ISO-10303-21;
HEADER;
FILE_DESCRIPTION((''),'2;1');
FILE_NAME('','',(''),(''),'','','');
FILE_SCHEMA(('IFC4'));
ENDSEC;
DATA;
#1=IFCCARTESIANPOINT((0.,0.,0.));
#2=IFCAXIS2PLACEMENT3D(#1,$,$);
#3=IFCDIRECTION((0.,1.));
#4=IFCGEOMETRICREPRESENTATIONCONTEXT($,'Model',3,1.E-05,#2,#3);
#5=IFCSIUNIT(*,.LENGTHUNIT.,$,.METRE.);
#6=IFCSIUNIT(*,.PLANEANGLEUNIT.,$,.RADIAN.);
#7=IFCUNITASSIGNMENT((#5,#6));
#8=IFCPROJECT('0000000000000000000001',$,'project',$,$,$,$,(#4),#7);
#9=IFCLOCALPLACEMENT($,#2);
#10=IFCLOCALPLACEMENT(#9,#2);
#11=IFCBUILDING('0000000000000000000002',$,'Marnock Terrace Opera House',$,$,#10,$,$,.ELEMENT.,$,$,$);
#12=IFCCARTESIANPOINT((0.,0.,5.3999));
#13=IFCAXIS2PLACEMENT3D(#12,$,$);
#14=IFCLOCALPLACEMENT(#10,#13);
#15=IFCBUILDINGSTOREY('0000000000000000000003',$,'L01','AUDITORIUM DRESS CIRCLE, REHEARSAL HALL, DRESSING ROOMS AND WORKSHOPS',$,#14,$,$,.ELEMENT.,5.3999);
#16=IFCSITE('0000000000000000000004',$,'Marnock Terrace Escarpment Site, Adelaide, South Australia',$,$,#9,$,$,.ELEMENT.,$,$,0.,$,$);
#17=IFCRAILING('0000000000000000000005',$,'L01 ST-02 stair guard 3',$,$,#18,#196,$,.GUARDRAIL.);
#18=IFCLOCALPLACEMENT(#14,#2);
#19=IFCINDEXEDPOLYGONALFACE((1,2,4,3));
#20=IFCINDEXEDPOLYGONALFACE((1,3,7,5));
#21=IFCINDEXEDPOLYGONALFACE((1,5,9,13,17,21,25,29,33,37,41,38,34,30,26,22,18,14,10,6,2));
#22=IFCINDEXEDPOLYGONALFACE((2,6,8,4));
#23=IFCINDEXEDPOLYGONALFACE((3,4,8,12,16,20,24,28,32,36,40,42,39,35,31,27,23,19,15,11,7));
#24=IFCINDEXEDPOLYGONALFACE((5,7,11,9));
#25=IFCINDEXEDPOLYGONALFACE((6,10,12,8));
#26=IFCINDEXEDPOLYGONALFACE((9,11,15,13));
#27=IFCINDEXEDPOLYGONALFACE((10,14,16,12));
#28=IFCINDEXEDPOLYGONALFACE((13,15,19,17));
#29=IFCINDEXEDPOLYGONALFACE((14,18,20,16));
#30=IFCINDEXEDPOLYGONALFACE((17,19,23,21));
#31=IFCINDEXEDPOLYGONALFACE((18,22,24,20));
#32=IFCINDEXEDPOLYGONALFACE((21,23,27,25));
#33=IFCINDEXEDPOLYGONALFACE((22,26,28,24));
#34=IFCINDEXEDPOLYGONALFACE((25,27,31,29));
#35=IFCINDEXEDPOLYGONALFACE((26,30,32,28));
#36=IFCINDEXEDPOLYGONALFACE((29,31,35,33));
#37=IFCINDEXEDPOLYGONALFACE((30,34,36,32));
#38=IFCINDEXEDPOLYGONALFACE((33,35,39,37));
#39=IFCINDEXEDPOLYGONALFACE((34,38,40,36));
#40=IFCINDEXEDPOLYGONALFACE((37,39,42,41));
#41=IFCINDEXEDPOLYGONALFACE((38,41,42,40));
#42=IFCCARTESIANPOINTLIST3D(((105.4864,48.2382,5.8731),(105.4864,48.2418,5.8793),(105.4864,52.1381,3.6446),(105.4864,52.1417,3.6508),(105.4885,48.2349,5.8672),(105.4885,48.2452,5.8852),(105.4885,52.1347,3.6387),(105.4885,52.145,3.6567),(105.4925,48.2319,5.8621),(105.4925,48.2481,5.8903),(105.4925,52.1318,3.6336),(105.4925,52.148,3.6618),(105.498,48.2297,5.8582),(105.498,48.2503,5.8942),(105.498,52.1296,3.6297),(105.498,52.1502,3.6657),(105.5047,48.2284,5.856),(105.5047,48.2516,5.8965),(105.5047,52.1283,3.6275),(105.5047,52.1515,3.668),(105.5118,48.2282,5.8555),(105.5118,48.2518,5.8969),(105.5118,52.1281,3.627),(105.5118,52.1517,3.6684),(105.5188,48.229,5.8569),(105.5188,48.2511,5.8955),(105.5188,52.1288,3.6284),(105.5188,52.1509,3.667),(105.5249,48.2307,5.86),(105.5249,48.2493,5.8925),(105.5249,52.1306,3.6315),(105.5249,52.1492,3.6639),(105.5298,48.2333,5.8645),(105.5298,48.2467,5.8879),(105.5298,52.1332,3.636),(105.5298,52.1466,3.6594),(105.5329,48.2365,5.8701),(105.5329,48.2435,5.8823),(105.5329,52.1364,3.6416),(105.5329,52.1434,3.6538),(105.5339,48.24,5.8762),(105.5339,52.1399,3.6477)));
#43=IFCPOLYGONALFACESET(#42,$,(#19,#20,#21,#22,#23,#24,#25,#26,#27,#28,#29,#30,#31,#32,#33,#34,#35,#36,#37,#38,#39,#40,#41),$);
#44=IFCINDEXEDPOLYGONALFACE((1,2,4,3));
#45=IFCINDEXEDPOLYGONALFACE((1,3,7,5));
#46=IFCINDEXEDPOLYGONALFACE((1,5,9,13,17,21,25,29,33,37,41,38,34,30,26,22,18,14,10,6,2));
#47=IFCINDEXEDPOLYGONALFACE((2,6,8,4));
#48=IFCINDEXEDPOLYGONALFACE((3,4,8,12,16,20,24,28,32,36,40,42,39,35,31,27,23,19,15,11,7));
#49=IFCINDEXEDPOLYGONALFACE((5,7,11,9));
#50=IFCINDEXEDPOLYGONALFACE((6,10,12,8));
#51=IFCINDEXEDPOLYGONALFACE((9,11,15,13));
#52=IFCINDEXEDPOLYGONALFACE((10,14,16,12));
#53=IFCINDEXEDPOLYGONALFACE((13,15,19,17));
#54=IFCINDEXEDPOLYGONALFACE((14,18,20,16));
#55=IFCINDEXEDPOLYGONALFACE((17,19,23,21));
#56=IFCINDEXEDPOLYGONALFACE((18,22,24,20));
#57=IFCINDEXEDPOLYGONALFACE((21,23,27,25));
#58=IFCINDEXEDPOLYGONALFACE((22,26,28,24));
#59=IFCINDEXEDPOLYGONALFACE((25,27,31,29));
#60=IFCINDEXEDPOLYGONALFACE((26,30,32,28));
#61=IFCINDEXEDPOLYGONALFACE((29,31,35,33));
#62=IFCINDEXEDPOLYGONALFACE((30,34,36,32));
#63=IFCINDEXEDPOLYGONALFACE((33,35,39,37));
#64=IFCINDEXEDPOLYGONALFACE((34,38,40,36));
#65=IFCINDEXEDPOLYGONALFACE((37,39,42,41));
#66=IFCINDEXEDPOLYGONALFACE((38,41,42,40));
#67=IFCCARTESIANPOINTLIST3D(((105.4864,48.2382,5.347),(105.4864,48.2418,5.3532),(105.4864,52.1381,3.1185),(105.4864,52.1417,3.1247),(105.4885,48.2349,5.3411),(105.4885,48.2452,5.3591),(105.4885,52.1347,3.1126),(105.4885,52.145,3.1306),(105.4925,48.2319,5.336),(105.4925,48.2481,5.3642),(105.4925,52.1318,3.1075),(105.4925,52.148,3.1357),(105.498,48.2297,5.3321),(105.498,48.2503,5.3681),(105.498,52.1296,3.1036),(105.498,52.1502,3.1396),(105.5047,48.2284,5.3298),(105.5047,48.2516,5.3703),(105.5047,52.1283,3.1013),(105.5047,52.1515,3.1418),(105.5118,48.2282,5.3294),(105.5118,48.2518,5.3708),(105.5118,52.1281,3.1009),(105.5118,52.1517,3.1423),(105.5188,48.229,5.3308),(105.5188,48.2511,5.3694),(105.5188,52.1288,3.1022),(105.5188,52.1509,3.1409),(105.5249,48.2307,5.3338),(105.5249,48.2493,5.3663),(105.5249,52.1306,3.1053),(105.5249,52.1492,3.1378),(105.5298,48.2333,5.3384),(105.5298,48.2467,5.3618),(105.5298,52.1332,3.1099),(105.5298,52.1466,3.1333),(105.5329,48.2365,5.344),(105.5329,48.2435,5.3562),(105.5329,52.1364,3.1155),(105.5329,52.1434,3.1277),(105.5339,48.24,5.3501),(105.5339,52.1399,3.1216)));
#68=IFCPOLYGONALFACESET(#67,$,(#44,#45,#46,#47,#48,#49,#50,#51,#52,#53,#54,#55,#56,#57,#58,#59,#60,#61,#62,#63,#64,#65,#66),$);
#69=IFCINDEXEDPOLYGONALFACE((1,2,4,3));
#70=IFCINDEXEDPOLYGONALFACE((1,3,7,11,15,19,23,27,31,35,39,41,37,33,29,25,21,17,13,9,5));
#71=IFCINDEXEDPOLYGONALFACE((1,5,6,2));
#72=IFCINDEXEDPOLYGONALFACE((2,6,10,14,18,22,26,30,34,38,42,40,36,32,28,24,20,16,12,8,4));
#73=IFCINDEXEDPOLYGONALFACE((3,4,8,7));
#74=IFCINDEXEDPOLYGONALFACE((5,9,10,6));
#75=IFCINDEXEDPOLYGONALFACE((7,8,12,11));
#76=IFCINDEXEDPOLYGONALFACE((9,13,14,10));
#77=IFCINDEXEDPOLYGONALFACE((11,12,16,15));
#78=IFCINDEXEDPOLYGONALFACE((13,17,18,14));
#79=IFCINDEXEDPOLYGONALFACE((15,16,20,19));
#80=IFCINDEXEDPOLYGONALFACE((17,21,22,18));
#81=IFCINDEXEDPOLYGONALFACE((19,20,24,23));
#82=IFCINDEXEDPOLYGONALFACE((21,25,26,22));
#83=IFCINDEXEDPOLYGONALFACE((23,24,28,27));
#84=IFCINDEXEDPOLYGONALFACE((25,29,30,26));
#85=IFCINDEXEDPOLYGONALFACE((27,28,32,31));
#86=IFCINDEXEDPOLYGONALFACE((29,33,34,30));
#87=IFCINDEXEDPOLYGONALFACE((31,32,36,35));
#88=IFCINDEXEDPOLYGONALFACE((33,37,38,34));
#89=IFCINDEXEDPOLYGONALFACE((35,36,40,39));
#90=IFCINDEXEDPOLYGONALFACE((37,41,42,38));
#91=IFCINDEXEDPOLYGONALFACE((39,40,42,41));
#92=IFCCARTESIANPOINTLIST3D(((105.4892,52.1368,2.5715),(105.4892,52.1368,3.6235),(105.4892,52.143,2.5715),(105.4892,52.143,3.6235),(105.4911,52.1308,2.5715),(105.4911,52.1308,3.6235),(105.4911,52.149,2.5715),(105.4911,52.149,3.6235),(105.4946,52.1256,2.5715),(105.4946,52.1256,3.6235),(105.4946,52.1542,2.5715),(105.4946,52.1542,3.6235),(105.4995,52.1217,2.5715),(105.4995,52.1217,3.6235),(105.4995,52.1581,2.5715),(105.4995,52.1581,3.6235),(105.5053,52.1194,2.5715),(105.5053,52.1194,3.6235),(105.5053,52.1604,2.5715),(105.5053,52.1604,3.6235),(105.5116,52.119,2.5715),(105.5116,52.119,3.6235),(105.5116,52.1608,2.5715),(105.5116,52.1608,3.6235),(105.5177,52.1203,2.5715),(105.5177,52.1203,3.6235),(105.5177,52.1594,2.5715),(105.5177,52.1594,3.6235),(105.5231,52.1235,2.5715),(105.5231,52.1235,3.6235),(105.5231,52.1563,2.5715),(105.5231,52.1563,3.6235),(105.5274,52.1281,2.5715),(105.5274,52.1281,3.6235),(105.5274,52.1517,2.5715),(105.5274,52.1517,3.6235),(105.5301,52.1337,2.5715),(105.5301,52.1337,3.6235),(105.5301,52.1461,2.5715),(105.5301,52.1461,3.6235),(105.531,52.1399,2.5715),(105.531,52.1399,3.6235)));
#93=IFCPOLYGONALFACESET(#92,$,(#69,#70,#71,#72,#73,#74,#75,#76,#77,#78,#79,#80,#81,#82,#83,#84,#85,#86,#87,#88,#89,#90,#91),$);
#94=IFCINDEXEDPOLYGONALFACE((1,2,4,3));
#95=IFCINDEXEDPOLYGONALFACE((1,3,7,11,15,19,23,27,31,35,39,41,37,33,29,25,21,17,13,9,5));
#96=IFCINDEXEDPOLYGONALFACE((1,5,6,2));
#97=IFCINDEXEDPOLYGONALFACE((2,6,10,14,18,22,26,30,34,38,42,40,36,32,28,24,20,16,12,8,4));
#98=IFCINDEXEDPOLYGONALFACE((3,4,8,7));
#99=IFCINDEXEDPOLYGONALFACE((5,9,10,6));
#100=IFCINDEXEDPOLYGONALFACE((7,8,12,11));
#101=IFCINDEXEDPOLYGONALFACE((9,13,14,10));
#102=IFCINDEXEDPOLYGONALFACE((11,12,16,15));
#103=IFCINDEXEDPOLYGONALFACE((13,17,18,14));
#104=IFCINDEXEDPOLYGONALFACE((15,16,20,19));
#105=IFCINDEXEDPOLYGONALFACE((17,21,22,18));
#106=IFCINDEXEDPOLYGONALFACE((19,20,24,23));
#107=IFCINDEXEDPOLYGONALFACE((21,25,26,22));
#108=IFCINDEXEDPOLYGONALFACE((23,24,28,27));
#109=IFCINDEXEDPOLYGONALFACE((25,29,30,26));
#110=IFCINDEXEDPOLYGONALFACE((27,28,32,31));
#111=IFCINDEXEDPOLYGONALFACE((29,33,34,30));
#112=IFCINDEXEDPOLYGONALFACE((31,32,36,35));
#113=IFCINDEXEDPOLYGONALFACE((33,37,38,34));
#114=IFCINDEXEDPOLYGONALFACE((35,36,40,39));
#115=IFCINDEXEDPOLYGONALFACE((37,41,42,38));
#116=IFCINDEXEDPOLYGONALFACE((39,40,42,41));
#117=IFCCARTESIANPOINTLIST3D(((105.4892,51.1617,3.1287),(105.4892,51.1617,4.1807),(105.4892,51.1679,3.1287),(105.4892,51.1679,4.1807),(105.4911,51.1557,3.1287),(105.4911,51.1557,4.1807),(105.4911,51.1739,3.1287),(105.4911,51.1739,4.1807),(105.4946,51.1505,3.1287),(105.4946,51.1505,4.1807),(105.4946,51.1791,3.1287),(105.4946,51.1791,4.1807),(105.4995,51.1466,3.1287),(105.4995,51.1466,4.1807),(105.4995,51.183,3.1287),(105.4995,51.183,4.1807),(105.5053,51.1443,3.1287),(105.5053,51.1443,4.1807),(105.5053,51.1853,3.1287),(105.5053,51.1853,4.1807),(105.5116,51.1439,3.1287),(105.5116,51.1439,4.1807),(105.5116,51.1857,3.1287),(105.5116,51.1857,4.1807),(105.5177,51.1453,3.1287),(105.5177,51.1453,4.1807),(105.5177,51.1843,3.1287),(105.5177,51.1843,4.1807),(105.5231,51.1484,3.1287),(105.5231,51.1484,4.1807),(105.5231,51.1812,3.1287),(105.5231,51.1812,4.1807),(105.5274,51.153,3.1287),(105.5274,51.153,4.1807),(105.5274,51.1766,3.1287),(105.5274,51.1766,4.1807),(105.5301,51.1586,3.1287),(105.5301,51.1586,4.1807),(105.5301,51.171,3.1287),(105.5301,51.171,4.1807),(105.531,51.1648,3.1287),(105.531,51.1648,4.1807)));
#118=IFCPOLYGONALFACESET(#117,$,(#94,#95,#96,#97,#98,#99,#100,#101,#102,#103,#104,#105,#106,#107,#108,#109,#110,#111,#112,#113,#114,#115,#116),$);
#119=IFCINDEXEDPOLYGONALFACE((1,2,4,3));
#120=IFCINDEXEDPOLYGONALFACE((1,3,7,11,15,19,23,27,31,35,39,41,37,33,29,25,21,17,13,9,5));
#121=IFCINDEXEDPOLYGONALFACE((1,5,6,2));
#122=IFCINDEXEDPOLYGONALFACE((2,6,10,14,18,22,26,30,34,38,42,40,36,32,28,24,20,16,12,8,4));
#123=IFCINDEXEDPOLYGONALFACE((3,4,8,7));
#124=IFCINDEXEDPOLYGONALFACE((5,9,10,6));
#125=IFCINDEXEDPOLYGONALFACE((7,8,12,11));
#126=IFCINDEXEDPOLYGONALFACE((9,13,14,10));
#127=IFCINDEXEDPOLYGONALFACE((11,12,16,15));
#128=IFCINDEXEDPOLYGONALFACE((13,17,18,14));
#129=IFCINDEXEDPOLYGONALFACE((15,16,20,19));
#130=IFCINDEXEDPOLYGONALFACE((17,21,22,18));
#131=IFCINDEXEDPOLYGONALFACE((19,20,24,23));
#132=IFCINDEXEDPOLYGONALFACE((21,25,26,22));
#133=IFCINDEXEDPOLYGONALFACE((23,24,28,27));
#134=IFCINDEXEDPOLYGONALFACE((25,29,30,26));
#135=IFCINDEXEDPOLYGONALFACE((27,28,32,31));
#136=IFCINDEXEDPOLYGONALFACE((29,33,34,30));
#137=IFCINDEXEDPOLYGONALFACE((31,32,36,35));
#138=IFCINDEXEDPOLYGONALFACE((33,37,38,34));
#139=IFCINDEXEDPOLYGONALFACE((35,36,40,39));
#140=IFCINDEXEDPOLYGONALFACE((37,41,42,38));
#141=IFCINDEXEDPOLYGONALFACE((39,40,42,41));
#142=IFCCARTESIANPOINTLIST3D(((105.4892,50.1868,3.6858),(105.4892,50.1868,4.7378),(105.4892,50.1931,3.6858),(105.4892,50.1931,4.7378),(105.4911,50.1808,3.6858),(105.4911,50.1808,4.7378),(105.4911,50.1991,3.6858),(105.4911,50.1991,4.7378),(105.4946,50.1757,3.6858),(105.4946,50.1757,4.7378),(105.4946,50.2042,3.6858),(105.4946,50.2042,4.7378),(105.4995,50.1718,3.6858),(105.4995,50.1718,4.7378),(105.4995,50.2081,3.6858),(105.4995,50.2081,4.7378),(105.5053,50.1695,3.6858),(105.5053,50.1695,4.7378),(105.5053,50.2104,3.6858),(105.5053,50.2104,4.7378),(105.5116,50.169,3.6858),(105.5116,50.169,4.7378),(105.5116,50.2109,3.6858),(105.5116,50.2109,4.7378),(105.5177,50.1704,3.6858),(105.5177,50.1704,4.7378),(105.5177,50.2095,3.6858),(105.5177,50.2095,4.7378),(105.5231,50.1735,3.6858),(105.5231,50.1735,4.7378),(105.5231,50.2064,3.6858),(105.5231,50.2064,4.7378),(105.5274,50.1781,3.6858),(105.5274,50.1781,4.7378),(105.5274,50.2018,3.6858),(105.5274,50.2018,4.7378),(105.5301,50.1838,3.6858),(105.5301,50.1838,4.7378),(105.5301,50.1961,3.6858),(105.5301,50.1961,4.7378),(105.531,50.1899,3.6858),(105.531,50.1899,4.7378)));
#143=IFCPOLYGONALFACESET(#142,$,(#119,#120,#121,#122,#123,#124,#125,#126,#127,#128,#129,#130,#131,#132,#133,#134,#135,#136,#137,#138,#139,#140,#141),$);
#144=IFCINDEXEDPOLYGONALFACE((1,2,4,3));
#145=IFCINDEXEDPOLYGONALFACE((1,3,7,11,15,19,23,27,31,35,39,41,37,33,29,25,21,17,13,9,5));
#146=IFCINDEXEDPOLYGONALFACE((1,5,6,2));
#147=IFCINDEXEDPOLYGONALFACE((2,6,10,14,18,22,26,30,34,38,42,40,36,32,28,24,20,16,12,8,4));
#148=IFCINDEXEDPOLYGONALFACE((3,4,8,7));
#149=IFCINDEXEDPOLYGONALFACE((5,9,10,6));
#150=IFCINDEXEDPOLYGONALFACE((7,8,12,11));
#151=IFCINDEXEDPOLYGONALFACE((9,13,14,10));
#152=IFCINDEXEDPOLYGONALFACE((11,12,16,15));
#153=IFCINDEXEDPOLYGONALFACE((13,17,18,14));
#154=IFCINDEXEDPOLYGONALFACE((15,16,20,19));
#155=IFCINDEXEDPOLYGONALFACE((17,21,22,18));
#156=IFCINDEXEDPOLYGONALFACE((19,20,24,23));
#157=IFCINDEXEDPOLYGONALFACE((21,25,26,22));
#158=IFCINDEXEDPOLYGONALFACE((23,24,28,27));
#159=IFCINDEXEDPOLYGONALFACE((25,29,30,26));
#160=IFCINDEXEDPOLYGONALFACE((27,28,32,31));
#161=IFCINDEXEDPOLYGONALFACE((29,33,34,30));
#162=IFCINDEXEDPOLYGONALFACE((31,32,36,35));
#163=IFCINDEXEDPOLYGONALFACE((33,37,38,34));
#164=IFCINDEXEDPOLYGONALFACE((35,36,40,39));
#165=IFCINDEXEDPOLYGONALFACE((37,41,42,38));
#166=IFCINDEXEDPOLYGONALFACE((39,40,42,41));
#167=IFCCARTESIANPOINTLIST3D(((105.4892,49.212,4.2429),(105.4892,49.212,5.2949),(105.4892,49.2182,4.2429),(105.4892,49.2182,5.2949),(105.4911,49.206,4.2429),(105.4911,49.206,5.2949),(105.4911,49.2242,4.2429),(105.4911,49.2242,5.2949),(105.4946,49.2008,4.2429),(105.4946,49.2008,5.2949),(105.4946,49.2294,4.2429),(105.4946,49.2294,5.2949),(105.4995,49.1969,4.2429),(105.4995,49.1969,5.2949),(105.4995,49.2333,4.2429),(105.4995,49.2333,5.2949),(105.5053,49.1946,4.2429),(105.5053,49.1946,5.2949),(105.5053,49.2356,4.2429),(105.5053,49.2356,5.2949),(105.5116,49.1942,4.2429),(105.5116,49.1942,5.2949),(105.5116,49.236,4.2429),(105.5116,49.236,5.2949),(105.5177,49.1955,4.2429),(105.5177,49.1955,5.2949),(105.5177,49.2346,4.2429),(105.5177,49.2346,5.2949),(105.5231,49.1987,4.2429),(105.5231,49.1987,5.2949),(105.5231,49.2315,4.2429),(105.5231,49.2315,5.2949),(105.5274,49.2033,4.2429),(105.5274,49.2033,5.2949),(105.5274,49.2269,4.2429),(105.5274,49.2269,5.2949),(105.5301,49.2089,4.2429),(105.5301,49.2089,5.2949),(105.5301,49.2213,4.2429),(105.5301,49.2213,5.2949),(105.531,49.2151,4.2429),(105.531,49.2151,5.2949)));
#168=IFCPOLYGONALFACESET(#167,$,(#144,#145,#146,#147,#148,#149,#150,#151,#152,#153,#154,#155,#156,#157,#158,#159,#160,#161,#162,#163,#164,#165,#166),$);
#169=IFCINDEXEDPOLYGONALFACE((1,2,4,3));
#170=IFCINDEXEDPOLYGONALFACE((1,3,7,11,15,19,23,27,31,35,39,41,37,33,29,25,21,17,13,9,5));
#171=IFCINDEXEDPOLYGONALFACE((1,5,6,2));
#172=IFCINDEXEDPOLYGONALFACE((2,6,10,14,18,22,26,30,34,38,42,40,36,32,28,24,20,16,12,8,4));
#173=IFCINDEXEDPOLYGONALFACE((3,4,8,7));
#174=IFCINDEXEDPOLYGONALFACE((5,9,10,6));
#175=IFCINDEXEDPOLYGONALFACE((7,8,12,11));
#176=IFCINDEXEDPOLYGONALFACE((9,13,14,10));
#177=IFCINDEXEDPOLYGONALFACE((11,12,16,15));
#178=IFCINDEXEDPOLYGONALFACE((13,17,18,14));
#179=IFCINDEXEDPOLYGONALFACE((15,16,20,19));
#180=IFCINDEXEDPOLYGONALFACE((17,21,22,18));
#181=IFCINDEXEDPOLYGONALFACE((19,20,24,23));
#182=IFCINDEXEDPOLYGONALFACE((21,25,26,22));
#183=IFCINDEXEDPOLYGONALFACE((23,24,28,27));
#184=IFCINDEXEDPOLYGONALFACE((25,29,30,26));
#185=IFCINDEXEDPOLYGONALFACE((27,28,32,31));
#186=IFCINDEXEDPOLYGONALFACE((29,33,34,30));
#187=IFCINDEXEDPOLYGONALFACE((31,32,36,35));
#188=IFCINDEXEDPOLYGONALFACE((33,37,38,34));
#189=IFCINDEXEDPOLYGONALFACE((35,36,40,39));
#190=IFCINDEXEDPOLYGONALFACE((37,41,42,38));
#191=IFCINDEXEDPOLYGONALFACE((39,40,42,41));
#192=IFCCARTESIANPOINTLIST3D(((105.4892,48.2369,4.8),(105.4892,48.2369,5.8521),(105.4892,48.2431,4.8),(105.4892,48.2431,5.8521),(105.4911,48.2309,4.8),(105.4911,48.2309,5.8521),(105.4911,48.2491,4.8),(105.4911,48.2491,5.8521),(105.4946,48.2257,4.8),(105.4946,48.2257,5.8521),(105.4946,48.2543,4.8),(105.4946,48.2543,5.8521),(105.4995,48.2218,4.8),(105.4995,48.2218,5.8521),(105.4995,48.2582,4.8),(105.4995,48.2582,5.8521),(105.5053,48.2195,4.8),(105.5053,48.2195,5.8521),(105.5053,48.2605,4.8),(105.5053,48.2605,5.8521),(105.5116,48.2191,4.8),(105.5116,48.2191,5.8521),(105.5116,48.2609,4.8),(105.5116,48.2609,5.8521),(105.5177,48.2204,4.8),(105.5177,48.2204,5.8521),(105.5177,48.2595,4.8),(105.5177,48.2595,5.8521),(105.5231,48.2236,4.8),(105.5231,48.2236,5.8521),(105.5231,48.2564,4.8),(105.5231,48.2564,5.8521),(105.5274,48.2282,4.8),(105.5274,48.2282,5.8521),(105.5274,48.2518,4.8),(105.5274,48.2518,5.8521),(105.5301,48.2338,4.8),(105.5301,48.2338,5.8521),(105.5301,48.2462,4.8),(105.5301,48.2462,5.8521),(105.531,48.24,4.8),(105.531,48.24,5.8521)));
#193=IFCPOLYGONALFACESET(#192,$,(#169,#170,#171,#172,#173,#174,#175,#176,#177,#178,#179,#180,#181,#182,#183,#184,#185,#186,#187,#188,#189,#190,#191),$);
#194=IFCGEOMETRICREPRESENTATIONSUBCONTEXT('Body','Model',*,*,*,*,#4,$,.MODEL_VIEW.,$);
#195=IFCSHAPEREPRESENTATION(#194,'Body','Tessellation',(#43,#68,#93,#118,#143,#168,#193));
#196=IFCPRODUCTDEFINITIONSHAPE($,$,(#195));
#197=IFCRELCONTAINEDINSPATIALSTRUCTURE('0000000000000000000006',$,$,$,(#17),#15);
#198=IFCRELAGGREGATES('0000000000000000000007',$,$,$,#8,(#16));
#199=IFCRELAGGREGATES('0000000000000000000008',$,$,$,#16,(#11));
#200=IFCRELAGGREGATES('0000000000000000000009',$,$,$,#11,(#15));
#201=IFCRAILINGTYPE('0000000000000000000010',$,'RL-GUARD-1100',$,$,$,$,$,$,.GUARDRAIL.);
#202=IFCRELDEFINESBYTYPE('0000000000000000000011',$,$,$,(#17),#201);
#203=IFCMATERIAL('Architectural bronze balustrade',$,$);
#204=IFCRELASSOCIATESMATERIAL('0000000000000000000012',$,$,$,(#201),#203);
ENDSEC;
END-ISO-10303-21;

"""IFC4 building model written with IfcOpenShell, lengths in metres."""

from ifc_helpers import new_model, si_unit, direction, frame, origin, origin_2d, place, context, subcontext, project, spatial, circle, extrude, material, type_object, element, save


model = new_model("IFC4")

# Units and contexts
model_context = context("Model", 3, precision=1e-05, world=origin(), true_north=direction((0.0, 1.0)))
body_context = subcontext(model_context, "Body", "Model", "MODEL_VIEW")
ifc_project = project(units=[si_unit("LENGTHUNIT", "METRE"), si_unit("PLANEANGLEUNIT", "RADIAN")], contexts=[model_context])

# Site, building, storey
site_placement = place(None, origin())
site = spatial("IfcSite", under=ifc_project, at=site_placement, Name="Marnock Terrace Escarpment Site, Adelaide, South Australia", CompositionType="ELEMENT", RefElevation=0.0)
building_placement = place(site_placement, origin())
building = spatial("IfcBuilding", under=site, at=building_placement, Name="Marnock Terrace Opera House", CompositionType="ELEMENT")
storey_placement = place(building_placement, frame((0.0, 0.0, 5.3999)))
storey = spatial("IfcBuildingStorey", under=building, at=storey_placement, Name="L01", Description="AUDITORIUM DRESS CIRCLE, REHEARSAL HALL, DRESSING ROOMS AND WORKSHOPS", CompositionType="ELEMENT", Elevation=5.3999)

# Railing
ifc_material_1 = material(Name="Architectural bronze balustrade")
railing_type = type_object("IfcRailingType", Name="RL-GUARD-1100", PredefinedType="GUARDRAIL", material=ifc_material_1)
railing_1_placement = place(storey_placement, frame((105.51, 52.1399, 2.5715)))
element("IfcRailing", 1, at=railing_1_placement, inside=storey, type_object=railing_type, Name="L01 ST-02 stair guard 3", PredefinedType="GUARDRAIL", context=body_context, shape_type="SweptSolid", body=[
    extrude(circle(Radius=0.0239, at=origin_2d()), frame((0.0, 0.0, 1.0762), z_axis=(0.0, -0.868243, 0.496139), x_axis=(1.0, 0.0, 0.0)), (0.0, 0.0, 1.0), 4.4917),
    extrude(circle(Radius=0.0239, at=origin_2d()), frame((0.0, 0.0, 0.55), z_axis=(0.0, -0.868243, 0.496139), x_axis=(1.0, 0.0, 0.0)), (0.0, 0.0, 1.0), 4.4917),
    extrude(circle(Radius=0.021, at=origin_2d()), origin(), (0.0, 0.0, 1.0), 1.052),
    extrude(circle(Radius=0.021, at=origin_2d()), frame((0.0, -0.9751, 0.5571)), (0.0, 0.0, 1.0), 1.052),
    extrude(circle(Radius=0.021, at=origin_2d()), frame((0.0, -1.95, 1.1143)), (0.0, 0.0, 1.0), 1.052),
    extrude(circle(Radius=0.021, at=origin_2d()), frame((0.0, -2.9248, 1.6714)), (0.0, 0.0, 1.0), 1.052),
    extrude(circle(Radius=0.021, at=origin_2d()), frame((0.0, -3.8999, 2.2285)), (0.0, 0.0, 1.0), 1.052),
])

save(model, "model.ifc")
